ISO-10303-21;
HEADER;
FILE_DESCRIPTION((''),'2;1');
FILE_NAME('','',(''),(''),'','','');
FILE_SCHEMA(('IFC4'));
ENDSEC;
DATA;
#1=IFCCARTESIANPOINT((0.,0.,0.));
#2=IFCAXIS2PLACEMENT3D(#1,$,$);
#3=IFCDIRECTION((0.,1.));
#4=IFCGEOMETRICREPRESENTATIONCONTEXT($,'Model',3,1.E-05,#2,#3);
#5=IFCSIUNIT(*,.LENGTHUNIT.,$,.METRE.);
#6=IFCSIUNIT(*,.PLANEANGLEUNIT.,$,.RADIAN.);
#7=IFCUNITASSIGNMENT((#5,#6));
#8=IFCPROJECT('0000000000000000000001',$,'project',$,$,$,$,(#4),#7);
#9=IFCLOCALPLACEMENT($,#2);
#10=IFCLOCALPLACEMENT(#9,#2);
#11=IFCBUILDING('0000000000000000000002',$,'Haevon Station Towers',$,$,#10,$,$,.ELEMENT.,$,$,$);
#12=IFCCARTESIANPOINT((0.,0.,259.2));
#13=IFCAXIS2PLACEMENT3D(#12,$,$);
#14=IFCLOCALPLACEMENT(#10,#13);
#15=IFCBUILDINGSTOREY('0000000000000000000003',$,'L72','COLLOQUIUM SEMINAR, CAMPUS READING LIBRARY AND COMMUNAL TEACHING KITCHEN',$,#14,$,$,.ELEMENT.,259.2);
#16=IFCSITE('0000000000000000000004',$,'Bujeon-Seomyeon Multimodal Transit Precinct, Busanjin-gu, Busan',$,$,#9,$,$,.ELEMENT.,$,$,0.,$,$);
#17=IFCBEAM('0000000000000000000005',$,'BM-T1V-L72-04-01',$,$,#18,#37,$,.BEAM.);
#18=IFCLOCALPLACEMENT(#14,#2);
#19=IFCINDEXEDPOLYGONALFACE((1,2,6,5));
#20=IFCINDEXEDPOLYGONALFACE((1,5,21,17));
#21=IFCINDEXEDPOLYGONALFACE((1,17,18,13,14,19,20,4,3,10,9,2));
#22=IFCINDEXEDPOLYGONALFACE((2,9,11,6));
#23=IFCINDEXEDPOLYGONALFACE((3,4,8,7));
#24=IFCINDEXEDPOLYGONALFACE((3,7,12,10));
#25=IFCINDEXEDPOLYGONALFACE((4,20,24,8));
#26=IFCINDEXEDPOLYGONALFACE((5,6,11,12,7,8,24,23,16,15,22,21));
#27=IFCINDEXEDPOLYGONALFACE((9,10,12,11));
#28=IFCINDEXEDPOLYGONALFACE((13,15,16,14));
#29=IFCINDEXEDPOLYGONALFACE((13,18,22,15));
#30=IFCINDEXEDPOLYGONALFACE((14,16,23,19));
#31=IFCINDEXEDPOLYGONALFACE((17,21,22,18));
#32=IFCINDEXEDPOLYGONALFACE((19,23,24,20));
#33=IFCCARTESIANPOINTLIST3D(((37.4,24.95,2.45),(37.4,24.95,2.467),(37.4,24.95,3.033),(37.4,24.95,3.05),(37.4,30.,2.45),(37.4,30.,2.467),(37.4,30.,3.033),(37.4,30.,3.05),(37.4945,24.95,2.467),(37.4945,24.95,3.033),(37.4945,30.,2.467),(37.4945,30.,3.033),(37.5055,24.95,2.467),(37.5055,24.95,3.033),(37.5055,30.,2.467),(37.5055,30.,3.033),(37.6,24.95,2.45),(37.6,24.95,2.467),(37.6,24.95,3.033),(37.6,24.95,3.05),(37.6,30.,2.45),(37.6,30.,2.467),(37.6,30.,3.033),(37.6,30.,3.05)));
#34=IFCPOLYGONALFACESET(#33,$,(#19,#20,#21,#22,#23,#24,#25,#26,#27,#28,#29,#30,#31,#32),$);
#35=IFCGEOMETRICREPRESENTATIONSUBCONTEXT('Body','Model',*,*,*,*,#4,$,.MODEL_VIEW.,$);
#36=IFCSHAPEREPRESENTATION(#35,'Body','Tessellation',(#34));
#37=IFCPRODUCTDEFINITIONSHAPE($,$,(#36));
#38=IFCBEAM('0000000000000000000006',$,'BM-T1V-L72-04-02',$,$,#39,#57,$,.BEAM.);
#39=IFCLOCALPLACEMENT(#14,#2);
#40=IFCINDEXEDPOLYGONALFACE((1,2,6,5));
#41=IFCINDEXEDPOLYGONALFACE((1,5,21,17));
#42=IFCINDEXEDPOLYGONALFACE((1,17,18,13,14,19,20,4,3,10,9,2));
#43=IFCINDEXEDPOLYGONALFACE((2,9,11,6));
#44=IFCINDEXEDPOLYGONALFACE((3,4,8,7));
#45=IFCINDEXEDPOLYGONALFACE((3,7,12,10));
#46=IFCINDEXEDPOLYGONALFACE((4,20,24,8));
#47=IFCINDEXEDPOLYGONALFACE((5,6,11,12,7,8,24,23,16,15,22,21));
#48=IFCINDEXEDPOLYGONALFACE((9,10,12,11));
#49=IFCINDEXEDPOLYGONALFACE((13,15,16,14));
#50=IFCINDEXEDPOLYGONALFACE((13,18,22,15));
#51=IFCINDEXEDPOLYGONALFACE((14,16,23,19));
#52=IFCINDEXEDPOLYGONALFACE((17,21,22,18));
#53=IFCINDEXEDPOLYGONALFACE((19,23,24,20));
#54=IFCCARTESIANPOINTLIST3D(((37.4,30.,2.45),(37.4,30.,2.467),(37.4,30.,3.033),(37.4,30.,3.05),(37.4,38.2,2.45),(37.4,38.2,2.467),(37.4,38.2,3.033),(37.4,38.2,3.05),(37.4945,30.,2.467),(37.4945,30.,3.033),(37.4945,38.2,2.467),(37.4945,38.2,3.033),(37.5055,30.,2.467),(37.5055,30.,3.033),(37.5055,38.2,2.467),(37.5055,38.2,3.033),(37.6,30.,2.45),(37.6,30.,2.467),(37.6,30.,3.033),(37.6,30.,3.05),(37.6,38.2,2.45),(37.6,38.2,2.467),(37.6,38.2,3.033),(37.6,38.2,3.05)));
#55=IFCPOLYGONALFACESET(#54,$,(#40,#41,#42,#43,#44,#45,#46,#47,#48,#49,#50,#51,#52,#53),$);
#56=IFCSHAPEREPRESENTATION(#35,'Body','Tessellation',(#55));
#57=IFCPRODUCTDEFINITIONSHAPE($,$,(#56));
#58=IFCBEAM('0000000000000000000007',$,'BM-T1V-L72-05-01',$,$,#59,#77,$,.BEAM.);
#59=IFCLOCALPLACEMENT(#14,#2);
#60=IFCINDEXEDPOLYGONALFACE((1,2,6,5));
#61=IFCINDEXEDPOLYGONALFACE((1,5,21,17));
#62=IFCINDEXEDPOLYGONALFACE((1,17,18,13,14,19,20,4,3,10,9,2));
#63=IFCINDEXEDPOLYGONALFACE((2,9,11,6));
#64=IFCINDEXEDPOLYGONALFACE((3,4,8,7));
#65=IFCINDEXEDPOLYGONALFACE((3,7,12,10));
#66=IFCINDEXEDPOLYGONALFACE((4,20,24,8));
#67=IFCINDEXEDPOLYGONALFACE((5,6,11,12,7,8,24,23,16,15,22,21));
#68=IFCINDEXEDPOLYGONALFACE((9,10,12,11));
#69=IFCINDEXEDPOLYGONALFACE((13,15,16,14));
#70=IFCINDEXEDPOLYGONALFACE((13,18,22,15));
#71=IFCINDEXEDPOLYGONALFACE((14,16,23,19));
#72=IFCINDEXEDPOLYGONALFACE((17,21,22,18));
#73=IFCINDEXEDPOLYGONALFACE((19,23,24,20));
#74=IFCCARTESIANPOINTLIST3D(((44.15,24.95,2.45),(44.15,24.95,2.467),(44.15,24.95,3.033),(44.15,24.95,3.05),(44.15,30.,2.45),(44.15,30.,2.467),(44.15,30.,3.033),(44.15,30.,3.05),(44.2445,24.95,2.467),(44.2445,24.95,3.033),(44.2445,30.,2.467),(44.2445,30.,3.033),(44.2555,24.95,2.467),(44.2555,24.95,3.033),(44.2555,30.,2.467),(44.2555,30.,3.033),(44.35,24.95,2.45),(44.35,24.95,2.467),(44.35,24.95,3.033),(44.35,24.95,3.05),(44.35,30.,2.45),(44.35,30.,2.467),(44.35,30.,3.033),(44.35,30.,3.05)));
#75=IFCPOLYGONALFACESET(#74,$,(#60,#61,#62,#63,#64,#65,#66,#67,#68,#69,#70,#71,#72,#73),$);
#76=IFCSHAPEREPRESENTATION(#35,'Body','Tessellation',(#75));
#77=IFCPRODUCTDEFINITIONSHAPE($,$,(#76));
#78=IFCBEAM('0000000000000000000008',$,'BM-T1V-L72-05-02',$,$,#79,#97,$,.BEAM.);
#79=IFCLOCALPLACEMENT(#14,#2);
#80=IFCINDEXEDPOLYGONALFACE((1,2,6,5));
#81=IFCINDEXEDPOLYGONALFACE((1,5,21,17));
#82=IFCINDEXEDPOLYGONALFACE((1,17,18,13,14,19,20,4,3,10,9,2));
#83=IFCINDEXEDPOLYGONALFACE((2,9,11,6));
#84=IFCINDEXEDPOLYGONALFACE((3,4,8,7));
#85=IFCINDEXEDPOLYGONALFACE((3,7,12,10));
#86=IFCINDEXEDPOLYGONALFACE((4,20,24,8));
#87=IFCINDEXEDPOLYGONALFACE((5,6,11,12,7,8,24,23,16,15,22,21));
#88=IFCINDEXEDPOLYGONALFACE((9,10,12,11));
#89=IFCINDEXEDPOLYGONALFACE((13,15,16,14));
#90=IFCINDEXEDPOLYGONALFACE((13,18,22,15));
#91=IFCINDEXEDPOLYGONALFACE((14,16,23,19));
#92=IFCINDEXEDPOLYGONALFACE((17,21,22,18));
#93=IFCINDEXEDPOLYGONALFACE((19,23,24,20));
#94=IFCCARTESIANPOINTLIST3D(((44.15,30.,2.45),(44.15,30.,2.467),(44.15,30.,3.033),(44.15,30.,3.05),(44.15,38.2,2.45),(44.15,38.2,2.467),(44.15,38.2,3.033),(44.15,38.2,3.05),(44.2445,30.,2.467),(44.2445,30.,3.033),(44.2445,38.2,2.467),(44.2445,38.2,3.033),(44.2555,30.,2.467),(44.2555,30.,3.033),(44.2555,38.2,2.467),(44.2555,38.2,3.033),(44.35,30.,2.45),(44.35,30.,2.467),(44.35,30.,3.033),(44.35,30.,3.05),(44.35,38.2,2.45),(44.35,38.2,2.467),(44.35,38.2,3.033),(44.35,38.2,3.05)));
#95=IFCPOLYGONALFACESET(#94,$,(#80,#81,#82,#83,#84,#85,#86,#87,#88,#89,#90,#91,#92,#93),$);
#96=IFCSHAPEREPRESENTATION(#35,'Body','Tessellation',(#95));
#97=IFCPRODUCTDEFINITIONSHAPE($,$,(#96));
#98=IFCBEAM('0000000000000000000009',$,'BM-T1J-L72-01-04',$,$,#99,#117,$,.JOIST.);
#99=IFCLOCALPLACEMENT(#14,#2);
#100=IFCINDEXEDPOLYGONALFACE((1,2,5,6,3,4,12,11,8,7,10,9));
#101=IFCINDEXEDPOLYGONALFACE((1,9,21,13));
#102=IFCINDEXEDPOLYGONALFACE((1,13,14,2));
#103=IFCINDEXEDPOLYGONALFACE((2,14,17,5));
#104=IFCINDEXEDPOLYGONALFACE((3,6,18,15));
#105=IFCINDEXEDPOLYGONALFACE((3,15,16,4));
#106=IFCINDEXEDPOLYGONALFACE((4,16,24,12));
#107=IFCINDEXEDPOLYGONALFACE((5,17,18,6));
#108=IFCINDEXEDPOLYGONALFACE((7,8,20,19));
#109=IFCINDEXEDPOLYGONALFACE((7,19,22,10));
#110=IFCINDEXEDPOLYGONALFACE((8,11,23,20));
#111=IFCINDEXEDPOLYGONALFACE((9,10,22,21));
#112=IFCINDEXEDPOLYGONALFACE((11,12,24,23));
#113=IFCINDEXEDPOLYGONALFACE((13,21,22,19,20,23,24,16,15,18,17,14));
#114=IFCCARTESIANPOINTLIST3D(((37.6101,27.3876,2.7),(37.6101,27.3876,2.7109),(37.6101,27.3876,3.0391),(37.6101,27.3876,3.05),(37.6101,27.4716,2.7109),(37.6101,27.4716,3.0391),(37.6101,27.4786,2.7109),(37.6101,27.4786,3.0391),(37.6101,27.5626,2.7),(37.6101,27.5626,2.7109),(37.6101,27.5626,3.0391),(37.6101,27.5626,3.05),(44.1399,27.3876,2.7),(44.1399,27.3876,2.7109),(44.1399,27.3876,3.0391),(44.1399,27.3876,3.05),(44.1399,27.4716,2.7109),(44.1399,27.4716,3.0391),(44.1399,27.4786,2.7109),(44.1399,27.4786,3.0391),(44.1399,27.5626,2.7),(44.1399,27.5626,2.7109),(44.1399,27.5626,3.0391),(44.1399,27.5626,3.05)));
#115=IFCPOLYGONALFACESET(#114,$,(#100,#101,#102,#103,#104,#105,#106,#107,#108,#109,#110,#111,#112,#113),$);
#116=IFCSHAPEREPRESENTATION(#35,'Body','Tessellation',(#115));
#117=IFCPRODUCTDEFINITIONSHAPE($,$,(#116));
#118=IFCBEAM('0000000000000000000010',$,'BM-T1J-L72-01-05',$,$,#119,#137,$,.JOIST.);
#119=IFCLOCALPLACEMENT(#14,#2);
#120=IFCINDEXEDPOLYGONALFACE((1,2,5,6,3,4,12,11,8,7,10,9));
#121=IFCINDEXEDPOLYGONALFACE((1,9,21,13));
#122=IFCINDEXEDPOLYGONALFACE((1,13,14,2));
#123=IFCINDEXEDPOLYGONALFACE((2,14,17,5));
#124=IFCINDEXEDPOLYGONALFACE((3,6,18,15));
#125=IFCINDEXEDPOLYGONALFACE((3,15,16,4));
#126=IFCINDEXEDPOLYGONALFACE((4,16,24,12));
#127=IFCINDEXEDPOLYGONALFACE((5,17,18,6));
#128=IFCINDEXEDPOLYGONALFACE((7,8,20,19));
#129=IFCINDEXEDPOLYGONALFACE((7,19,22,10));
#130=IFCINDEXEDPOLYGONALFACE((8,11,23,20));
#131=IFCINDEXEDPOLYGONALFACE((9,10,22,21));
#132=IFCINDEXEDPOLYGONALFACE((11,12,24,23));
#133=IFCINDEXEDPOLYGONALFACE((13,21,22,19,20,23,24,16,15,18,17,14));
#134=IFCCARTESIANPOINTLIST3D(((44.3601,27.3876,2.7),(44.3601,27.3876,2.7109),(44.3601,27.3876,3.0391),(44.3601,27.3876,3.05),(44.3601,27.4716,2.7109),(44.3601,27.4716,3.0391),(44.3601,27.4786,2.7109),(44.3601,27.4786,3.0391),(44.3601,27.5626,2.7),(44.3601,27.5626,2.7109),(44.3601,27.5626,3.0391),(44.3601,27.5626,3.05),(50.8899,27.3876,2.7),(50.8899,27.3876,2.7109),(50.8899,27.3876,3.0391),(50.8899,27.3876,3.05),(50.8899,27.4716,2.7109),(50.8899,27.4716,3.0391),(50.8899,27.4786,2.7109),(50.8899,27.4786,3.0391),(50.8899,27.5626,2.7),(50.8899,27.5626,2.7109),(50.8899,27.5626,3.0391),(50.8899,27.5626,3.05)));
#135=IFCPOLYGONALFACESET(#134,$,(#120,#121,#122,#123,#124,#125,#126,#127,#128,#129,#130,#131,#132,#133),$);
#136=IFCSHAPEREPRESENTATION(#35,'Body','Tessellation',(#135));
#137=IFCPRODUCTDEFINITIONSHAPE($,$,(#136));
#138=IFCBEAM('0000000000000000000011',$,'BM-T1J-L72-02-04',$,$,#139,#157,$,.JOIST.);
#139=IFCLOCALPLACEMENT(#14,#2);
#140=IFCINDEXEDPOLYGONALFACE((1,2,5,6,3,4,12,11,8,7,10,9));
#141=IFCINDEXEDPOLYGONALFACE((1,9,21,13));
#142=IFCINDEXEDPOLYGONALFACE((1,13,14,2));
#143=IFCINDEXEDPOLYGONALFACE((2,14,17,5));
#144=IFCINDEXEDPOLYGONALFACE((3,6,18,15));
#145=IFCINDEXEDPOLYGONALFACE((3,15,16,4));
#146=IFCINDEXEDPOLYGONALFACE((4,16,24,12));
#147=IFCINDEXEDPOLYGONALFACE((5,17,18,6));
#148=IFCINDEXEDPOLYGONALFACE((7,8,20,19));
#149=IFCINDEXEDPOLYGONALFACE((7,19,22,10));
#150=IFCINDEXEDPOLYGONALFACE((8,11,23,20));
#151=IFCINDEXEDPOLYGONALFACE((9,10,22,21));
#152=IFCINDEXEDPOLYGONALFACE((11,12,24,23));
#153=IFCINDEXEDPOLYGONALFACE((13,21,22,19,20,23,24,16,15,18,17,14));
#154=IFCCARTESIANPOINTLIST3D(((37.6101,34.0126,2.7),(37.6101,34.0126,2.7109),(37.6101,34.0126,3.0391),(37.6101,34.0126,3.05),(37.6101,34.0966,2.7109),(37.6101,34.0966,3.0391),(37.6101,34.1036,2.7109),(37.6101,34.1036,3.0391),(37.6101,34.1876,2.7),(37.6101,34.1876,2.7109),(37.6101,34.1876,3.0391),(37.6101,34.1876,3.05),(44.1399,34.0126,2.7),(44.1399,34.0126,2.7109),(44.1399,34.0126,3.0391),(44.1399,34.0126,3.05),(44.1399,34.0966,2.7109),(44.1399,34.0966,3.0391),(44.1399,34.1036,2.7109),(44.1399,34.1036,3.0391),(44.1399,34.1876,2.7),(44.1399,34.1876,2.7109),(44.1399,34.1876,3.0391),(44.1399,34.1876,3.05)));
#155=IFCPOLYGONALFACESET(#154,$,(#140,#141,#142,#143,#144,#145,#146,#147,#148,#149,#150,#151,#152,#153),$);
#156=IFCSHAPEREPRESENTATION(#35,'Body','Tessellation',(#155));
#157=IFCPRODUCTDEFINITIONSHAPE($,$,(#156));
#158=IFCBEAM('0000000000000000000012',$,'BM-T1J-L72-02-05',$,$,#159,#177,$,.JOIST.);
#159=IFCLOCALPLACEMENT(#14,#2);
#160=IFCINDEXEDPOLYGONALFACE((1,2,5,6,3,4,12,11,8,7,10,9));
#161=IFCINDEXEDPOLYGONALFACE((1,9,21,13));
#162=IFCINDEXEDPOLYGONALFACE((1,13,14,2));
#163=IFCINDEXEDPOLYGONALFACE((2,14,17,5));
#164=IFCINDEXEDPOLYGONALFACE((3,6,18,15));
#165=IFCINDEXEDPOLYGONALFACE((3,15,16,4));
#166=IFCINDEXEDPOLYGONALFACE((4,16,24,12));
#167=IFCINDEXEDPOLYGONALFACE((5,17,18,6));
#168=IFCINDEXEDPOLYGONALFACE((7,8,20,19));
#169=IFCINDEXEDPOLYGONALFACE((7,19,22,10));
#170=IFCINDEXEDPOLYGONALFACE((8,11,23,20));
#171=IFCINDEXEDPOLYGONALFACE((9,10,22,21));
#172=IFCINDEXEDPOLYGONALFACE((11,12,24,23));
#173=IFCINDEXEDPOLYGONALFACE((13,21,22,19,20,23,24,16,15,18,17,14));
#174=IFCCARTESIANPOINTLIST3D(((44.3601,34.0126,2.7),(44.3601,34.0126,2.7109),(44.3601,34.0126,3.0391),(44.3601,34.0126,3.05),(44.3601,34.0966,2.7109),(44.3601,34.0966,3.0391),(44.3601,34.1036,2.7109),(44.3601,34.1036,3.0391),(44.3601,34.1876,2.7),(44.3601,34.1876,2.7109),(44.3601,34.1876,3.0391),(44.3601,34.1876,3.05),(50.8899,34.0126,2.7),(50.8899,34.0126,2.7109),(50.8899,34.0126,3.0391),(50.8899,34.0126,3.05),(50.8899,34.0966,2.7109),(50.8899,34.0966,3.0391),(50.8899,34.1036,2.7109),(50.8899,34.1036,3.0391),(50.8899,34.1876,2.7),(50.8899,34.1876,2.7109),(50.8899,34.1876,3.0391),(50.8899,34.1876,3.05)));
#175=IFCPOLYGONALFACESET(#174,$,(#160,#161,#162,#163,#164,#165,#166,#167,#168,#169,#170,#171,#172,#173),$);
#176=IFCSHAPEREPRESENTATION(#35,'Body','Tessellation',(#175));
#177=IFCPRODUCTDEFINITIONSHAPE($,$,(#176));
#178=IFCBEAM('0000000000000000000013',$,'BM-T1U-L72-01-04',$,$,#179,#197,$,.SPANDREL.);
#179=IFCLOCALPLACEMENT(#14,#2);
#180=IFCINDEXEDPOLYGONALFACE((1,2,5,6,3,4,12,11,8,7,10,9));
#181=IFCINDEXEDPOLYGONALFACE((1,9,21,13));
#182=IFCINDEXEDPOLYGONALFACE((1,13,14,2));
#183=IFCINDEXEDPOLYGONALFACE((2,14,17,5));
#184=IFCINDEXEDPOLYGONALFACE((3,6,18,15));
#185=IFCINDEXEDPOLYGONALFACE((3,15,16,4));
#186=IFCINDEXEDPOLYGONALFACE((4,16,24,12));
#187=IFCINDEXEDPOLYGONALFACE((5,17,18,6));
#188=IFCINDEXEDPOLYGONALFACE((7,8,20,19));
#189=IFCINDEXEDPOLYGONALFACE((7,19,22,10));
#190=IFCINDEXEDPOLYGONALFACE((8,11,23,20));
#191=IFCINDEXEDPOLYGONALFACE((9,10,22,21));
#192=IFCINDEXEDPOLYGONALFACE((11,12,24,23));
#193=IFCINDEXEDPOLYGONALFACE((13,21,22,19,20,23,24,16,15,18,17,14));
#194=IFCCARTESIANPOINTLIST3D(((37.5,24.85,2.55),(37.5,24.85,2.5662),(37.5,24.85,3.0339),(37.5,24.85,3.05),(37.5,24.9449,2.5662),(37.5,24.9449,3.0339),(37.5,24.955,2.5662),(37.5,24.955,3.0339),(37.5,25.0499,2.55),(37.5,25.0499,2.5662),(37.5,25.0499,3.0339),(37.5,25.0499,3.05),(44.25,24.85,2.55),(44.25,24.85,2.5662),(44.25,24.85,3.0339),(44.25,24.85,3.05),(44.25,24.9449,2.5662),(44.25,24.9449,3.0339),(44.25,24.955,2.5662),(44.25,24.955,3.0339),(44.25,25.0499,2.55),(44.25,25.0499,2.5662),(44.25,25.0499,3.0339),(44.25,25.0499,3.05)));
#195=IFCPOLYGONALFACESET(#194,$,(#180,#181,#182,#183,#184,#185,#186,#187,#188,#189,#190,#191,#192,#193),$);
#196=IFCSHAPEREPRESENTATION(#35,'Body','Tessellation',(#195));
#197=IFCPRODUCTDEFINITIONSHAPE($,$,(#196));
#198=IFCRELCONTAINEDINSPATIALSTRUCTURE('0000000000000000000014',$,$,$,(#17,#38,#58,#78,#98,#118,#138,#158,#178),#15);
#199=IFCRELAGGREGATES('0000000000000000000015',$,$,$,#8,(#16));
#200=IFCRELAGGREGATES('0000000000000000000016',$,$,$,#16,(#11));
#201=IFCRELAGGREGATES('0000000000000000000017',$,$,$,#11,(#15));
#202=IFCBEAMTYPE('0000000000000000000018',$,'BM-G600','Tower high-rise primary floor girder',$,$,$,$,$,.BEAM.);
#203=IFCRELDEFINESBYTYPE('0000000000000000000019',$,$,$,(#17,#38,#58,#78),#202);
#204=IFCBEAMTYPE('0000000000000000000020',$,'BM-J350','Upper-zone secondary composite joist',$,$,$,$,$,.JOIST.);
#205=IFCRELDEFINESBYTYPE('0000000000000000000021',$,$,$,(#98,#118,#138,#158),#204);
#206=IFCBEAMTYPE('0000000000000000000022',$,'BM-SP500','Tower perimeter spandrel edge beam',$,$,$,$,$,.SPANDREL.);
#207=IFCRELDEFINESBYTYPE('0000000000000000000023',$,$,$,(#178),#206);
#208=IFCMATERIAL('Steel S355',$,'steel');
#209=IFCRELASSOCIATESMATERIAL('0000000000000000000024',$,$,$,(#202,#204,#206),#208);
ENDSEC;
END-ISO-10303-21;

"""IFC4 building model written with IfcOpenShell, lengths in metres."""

from ifc_helpers import new_model, si_unit, direction, frame, origin, origin_2d, place, context, subcontext, project, spatial, i_section, extrude, material, material_profile, profile_set, type_object, element, save


model = new_model("IFC4")

# Units and contexts
model_context = context("Model", 3, precision=1e-05, world=origin(), true_north=direction((0.0, 1.0)))
body_context = subcontext(model_context, "Body", "Model", "MODEL_VIEW")
ifc_project = project(units=[si_unit("LENGTHUNIT", "METRE"), si_unit("PLANEANGLEUNIT", "RADIAN")], contexts=[model_context])

# Site, building, storey
site_placement = place(None, origin())
site = spatial("IfcSite", under=ifc_project, at=site_placement, Name="Bujeon-Seomyeon Multimodal Transit Precinct, Busanjin-gu, Busan", CompositionType="ELEMENT", RefElevation=0.0)
building_placement = place(site_placement, origin())
building = spatial("IfcBuilding", under=site, at=building_placement, Name="Haevon Station Towers", CompositionType="ELEMENT")
storey_placement = place(building_placement, frame((0.0, 0.0, 259.2)))
storey = spatial("IfcBuildingStorey", under=building, at=storey_placement, Name="L72", Description="COLLOQUIUM SEMINAR, CAMPUS READING LIBRARY AND COMMUNAL TEACHING KITCHEN", CompositionType="ELEMENT", Elevation=259.2)

# Shared definitions
ifc_material_1 = material(Name="Steel S355", Category="steel")

# Beams
ifc_material_profile_1 = material_profile(ifc_material_1, i_section(OverallWidth=0.2, OverallDepth=0.6001, WebThickness=0.011, FlangeThickness=0.0171, at=origin_2d()), Name="H-600x200x11x17")
ifc_profile_set_1 = profile_set([ifc_material_profile_1], Name="Steel S355")
beam_type_1 = type_object("IfcBeamType", Name="BM-G600", Description="Tower high-rise primary floor girder", PredefinedType="BEAM", material=ifc_profile_set_1)
beam_1_placement = place(storey_placement, frame((37.5, 24.95, 2.75), z_axis=(0.0, 1.0, 0.0), x_axis=(-1.0, 0.0, 0.0)))
element("IfcBeam", 1, at=beam_1_placement, inside=storey, type_object=beam_type_1, Name="BM-T1V-L72-04-01", PredefinedType="BEAM", context=body_context, shape_type="SweptSolid", body=[
    extrude(i_section(OverallWidth=0.2, OverallDepth=0.6001, WebThickness=0.011, FlangeThickness=0.0171, at=origin_2d()), origin(), (0.0, 0.0, 1.0), 5.05),
])
beam_2_placement = place(storey_placement, frame((37.5, 30.0, 2.75), z_axis=(0.0, 1.0, 0.0), x_axis=(-1.0, 0.0, 0.0)))
element("IfcBeam", 2, at=beam_2_placement, inside=storey, type_object=beam_type_1, Name="BM-T1V-L72-04-02", PredefinedType="BEAM", context=body_context, shape_type="SweptSolid", body=[
    extrude(i_section(OverallWidth=0.2, OverallDepth=0.6001, WebThickness=0.011, FlangeThickness=0.0171, at=origin_2d()), origin(), (0.0, 0.0, 1.0), 8.2),
])
beam_3_placement = place(storey_placement, frame((44.25, 24.95, 2.75), z_axis=(0.0, 1.0, 0.0), x_axis=(-1.0, 0.0, 0.0)))
element("IfcBeam", 3, at=beam_3_placement, inside=storey, type_object=beam_type_1, Name="BM-T1V-L72-05-01", PredefinedType="BEAM", context=body_context, shape_type="SweptSolid", body=[
    extrude(i_section(OverallWidth=0.2, OverallDepth=0.6001, WebThickness=0.011, FlangeThickness=0.0171, at=origin_2d()), origin(), (0.0, 0.0, 1.0), 5.05),
])
beam_4_placement = place(storey_placement, frame((44.25, 30.0, 2.75), z_axis=(0.0, 1.0, 0.0), x_axis=(-1.0, 0.0, 0.0)))
element("IfcBeam", 4, at=beam_4_placement, inside=storey, type_object=beam_type_1, Name="BM-T1V-L72-05-02", PredefinedType="BEAM", context=body_context, shape_type="SweptSolid", body=[
    extrude(i_section(OverallWidth=0.2, OverallDepth=0.6001, WebThickness=0.011, FlangeThickness=0.0171, at=origin_2d()), origin(), (0.0, 0.0, 1.0), 8.2),
])
ifc_material_profile_2 = material_profile(ifc_material_1, i_section(OverallWidth=0.175, OverallDepth=0.3501, WebThickness=0.0071, FlangeThickness=0.011, at=origin_2d()), Name="H-350x175x7x11")
ifc_profile_set_2 = profile_set([ifc_material_profile_2], Name="Steel S355")
beam_type_2 = type_object("IfcBeamType", Name="BM-J350", Description="Upper-zone secondary composite joist", PredefinedType="JOIST", material=ifc_profile_set_2)
for number, where, z_axis, x_axis, name in (
    (5, (37.6101, 27.4751, 2.875), (1.0, 0.0, 0.0), (0.0, 1.0, 0.0), "BM-T1J-L72-01-04"),
    (6, (44.3601, 27.4751, 2.875), (1.0, 0.0, 0.0), (0.0, 1.0, 0.0), "BM-T1J-L72-01-05"),
    (7, (37.6101, 34.1001, 2.875), (1.0, 0.0, 0.0), (0.0, 1.0, 0.0), "BM-T1J-L72-02-04"),
    (8, (44.3601, 34.1001, 2.875), (1.0, 0.0, 0.0), (0.0, 1.0, 0.0), "BM-T1J-L72-02-05"),
):
    element("IfcBeam", number, at=place(storey_placement, frame(where, z_axis=z_axis, x_axis=x_axis)), inside=storey, type_object=beam_type_2, Name=name, PredefinedType="JOIST", context=body_context, shape_type="SweptSolid", body=[
        extrude(i_section(OverallWidth=0.175, OverallDepth=0.3501, WebThickness=0.0071, FlangeThickness=0.011, at=origin_2d()), origin(), (0.0, 0.0, 1.0), 6.5298),
    ])
ifc_material_profile_3 = material_profile(ifc_material_1, i_section(OverallWidth=0.2, OverallDepth=0.5, WebThickness=0.01, FlangeThickness=0.0161, at=origin_2d()), Name="H-500x200x10x16")
ifc_profile_set_3 = profile_set([ifc_material_profile_3], Name="Steel S355")
beam_type_3 = type_object("IfcBeamType", Name="BM-SP500", Description="Tower perimeter spandrel edge beam", PredefinedType="SPANDREL", material=ifc_profile_set_3)
for number, where, z_axis, x_axis, name in (
    (9, (37.5, 24.95, 2.8), (1.0, 0.0, 0.0), (0.0, 1.0, 0.0), "BM-T1U-L72-01-04"),
):
    element("IfcBeam", number, at=place(storey_placement, frame(where, z_axis=z_axis, x_axis=x_axis)), inside=storey, type_object=beam_type_3, Name=name, PredefinedType="SPANDREL", context=body_context, shape_type="SweptSolid", body=[
        extrude(i_section(OverallWidth=0.2, OverallDepth=0.5, WebThickness=0.01, FlangeThickness=0.0161, at=origin_2d()), origin(), (0.0, 0.0, 1.0), 6.75),
    ])

save(model, "model.ifc")
